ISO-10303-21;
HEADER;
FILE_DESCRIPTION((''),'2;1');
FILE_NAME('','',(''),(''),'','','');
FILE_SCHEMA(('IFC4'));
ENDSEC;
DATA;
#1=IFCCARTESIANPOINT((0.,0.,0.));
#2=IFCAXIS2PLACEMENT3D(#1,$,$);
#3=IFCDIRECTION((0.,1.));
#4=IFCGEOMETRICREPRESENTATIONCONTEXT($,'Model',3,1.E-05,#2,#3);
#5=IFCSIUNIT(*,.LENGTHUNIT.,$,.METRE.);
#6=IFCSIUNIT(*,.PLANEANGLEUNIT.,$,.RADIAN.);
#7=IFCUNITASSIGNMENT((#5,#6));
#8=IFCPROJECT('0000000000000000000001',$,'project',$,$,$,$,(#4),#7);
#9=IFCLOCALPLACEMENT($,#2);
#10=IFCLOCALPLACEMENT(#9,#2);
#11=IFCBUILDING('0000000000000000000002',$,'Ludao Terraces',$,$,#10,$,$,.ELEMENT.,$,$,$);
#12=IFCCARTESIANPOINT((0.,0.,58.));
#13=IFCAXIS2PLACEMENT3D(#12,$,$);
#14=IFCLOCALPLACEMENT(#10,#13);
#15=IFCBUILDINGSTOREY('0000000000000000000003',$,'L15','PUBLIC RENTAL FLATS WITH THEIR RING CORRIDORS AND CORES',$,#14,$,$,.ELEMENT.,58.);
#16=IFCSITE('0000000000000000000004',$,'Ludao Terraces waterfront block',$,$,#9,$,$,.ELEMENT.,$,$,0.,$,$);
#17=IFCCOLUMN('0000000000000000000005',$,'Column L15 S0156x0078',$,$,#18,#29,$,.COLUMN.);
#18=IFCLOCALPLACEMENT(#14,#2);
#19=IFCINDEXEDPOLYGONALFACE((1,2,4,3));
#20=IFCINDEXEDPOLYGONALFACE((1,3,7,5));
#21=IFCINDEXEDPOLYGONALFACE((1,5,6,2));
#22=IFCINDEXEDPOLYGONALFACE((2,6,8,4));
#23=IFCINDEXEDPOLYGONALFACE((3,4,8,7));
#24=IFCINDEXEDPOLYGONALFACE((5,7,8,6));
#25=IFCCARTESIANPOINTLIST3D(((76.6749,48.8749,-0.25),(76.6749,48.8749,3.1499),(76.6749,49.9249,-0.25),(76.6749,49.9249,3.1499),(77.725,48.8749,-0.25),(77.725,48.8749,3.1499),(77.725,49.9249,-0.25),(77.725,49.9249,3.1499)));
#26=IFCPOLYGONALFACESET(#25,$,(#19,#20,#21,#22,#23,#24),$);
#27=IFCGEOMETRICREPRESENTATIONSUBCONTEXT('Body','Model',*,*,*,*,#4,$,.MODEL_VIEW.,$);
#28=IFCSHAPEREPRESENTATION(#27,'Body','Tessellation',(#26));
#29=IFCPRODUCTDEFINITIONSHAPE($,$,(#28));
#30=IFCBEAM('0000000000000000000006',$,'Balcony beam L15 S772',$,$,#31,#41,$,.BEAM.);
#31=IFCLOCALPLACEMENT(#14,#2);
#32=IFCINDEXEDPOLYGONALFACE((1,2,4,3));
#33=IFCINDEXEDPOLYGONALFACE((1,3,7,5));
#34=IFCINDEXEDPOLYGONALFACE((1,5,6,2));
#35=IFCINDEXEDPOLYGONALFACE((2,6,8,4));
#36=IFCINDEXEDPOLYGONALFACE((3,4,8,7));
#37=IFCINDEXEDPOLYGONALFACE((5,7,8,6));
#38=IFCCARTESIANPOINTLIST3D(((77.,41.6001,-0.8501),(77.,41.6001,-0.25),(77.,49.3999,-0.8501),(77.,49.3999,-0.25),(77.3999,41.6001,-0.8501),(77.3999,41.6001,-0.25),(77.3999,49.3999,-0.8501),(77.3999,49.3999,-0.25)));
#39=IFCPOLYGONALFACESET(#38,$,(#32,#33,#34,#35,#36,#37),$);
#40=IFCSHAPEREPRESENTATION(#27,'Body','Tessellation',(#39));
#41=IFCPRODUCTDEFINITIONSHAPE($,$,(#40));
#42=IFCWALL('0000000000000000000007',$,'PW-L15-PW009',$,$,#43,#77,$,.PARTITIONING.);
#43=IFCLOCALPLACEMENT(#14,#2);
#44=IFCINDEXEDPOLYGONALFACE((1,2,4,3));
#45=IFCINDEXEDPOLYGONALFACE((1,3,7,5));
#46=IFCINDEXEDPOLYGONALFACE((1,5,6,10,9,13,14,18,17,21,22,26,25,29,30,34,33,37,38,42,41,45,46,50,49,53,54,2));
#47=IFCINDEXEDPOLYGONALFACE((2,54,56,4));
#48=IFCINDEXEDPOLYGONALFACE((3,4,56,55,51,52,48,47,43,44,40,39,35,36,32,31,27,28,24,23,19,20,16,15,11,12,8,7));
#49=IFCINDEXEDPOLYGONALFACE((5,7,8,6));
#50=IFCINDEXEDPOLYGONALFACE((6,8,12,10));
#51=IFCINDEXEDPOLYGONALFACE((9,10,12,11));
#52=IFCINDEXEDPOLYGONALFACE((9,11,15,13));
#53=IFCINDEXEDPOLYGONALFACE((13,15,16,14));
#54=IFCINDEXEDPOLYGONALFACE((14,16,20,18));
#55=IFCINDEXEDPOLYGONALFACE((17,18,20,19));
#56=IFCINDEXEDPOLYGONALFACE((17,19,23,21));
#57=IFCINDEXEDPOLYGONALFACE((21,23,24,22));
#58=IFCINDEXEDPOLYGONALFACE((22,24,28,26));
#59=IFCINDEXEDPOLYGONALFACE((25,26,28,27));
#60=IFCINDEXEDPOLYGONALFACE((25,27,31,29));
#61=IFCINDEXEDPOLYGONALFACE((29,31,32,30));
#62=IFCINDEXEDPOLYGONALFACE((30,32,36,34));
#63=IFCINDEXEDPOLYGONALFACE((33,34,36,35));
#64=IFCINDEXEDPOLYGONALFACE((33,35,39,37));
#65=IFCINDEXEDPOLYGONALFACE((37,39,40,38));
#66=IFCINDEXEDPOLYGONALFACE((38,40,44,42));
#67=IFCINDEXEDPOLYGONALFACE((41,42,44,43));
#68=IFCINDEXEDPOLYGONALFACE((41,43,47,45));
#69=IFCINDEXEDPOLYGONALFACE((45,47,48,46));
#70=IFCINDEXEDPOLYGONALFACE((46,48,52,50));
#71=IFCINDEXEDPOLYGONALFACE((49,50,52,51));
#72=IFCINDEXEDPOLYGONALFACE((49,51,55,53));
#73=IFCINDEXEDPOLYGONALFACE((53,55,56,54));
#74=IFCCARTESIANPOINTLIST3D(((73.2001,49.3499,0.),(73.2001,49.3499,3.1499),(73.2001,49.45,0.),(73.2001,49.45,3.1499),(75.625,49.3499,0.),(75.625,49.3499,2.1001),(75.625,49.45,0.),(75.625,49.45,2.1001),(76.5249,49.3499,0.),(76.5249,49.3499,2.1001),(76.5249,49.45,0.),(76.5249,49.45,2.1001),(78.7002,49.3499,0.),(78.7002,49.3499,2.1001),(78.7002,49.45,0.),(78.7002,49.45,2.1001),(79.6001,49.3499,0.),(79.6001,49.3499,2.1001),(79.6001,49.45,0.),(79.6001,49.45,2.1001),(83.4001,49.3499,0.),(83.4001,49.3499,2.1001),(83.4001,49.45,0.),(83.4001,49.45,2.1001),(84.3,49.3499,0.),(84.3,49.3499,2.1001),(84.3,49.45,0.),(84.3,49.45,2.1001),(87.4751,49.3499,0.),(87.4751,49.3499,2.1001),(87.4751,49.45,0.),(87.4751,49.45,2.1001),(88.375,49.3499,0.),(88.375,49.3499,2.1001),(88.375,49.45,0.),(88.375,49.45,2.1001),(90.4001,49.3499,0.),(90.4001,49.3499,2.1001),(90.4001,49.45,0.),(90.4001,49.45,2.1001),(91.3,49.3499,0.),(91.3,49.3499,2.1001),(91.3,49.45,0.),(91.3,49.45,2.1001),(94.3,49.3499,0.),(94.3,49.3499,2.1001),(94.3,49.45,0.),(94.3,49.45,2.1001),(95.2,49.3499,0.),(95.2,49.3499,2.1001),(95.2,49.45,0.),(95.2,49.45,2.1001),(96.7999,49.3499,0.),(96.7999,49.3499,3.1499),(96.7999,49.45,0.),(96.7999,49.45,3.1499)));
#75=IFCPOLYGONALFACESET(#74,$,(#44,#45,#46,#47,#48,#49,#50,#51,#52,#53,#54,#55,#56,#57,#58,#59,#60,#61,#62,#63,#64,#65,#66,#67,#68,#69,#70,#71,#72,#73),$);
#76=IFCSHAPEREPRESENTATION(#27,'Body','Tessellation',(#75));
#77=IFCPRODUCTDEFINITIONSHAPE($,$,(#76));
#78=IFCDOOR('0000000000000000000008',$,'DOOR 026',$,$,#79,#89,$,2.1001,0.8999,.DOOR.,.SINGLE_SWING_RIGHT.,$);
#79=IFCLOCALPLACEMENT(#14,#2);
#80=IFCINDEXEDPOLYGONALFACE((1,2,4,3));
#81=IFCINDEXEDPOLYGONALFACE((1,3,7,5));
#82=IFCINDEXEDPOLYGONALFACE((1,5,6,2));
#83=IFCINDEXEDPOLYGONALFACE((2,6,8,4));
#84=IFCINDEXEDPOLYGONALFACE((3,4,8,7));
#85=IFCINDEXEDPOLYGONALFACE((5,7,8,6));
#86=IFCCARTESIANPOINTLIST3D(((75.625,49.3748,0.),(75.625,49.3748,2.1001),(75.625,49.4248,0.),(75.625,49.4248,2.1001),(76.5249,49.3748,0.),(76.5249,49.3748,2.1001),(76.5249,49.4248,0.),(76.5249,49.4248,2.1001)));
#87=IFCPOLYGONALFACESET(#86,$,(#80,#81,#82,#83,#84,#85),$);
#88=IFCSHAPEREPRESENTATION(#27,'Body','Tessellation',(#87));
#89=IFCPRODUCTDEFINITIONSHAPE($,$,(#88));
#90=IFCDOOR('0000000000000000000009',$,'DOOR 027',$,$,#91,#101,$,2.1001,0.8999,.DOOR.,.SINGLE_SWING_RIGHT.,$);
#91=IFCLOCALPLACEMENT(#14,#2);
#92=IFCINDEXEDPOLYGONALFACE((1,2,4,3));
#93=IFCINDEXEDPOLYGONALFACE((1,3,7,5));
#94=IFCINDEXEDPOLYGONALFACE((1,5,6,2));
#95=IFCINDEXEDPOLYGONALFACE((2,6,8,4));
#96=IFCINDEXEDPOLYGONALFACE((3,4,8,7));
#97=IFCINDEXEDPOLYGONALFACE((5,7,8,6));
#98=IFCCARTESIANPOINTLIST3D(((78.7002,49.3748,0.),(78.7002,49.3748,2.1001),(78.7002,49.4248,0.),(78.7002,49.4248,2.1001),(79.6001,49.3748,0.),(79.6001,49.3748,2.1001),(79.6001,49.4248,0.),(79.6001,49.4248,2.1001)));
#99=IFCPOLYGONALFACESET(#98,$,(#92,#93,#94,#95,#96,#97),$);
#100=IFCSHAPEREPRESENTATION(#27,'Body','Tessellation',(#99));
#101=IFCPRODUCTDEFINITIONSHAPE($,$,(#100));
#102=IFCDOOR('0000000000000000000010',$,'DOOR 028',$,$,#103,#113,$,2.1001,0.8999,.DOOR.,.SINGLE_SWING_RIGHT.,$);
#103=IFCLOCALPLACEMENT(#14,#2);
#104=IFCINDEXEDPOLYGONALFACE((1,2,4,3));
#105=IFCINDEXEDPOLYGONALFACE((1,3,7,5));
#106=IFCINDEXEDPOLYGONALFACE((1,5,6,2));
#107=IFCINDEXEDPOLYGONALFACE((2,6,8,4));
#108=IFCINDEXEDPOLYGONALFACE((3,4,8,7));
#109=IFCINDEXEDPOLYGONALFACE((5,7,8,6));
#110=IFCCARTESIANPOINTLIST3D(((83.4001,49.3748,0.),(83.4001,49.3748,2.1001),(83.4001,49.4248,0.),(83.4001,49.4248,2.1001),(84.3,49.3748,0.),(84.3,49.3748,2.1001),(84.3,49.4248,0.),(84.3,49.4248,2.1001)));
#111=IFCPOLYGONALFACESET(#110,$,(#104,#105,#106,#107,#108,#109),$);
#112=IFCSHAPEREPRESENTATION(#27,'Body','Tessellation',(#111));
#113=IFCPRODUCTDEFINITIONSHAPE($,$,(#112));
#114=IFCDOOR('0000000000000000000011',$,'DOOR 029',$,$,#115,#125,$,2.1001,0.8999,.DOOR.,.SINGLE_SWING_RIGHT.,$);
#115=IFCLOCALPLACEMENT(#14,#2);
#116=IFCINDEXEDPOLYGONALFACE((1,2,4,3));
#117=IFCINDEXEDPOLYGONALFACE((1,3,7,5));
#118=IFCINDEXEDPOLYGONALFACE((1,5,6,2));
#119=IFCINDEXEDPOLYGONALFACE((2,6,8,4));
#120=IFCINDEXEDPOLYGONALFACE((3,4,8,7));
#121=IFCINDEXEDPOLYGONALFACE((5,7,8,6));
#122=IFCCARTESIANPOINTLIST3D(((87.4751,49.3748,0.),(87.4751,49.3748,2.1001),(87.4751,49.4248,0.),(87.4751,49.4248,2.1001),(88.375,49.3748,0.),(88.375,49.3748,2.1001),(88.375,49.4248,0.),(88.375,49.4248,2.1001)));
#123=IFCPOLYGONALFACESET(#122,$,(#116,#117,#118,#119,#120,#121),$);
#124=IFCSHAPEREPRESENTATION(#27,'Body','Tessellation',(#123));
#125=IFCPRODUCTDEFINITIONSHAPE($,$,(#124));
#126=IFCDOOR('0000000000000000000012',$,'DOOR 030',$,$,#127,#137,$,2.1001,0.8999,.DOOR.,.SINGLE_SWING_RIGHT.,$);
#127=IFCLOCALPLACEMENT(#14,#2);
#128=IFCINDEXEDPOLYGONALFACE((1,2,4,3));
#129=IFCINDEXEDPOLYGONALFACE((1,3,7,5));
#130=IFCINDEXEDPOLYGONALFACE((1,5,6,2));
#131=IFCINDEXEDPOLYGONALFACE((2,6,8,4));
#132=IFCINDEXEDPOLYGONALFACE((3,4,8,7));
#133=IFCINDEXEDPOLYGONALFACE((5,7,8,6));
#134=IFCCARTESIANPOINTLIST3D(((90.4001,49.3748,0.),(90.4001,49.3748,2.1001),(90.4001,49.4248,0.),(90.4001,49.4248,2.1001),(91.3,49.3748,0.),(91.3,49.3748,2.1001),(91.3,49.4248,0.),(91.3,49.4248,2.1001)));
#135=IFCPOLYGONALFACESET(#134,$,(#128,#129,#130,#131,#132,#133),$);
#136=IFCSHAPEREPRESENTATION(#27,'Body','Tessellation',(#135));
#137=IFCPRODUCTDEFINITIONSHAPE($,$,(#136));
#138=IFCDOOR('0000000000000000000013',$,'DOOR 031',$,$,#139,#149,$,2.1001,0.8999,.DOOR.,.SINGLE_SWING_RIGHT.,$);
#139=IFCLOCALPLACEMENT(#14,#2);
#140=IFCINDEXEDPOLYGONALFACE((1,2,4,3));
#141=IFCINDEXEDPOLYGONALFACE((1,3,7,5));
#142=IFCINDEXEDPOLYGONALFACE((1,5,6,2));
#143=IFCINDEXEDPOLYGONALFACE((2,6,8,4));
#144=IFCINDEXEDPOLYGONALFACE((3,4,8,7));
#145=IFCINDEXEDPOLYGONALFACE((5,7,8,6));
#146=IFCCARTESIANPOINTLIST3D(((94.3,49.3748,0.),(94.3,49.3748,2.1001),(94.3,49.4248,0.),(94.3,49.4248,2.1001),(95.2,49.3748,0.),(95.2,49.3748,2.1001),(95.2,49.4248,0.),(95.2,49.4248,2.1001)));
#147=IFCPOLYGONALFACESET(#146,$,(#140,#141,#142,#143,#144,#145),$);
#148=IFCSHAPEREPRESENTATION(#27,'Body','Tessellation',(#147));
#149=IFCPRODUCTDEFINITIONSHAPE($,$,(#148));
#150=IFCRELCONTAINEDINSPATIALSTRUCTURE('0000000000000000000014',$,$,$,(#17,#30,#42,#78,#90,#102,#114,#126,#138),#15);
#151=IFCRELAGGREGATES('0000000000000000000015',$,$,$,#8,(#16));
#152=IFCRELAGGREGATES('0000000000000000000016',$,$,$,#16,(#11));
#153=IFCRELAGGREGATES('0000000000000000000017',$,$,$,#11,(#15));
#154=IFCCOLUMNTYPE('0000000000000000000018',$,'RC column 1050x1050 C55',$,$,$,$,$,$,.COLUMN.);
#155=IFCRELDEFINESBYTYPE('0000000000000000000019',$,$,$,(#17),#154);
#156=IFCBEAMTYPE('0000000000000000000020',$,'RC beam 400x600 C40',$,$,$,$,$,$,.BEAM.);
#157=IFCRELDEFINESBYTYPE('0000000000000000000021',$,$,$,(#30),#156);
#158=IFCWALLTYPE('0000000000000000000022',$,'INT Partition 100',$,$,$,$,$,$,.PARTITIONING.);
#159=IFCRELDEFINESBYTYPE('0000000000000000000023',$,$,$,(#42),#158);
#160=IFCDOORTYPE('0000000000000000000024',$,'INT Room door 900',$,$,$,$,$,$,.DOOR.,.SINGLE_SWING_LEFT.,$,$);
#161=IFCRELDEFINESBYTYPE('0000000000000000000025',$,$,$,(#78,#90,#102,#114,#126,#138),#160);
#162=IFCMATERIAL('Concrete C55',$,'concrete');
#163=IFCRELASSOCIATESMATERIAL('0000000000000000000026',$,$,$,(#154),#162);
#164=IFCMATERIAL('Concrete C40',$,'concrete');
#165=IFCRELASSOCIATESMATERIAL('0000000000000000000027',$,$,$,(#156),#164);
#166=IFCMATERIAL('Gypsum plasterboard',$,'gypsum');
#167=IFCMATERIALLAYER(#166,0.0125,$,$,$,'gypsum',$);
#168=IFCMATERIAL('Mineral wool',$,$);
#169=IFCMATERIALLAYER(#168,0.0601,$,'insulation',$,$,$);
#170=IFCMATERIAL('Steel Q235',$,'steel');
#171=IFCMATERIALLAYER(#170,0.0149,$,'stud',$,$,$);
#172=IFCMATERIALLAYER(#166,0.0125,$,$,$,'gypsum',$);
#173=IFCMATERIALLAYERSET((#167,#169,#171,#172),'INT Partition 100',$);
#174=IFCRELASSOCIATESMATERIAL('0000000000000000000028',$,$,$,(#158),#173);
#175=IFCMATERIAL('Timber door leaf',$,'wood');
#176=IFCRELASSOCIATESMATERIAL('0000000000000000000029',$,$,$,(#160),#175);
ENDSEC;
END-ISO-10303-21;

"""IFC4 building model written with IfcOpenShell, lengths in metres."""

from ifc_helpers import new_model, si_unit, direction, frame, frame_2d, origin, origin_2d, place, context, subcontext, project, spatial, rectangle, extrude, material, layer, layer_set, material_profile, profile_set, type_object, element, fill, save


model = new_model("IFC4")

# Units and contexts
model_context = context("Model", 3, precision=1e-05, world=origin(), true_north=direction((0.0, 1.0)))
body_context = subcontext(model_context, "Body", "Model", "MODEL_VIEW")
ifc_project = project(units=[si_unit("LENGTHUNIT", "METRE"), si_unit("PLANEANGLEUNIT", "RADIAN")], contexts=[model_context])

# Site, building, storey
site_placement = place(None, origin())
site = spatial("IfcSite", under=ifc_project, at=site_placement, Name="Ludao Terraces waterfront block", CompositionType="ELEMENT", RefElevation=0.0)
building_placement = place(site_placement, origin())
building = spatial("IfcBuilding", under=site, at=building_placement, Name="Ludao Terraces", CompositionType="ELEMENT")
storey_placement = place(building_placement, frame((0.0, 0.0, 58.0)))
storey = spatial("IfcBuildingStorey", under=building, at=storey_placement, Name="L15", Description="PUBLIC RENTAL FLATS WITH THEIR RING CORRIDORS AND CORES", CompositionType="ELEMENT", Elevation=58.0)

# Column
ifc_material_1 = material(Name="Concrete C55", Category="concrete")
ifc_material_profile_1 = material_profile(ifc_material_1, rectangle(XDim=1.05, YDim=1.05, at=origin_2d()), Name="1050 X 1050")
ifc_profile_set_1 = profile_set([ifc_material_profile_1], Name="Concrete C55")
column_type = type_object("IfcColumnType", Name="RC column 1050x1050 C55", PredefinedType="COLUMN", material=ifc_profile_set_1)
column_placement = place(storey_placement, frame((77.2, 49.3999, -0.25), z_axis=(0.0, 0.0, 1.0), x_axis=(1.0, 0.0, 0.0)))
element("IfcColumn", 1, at=column_placement, inside=storey, type_object=column_type, Name="Column L15 S0156x0078", PredefinedType="COLUMN", context=body_context, shape_type="SweptSolid", body=[
    extrude(rectangle(XDim=1.05, YDim=1.05, at=origin_2d()), origin(), (0.0, 0.0, 1.0), 3.3999),
])

# Beam
ifc_material_2 = material(Name="Concrete C40", Category="concrete")
ifc_material_profile_2 = material_profile(ifc_material_2, rectangle(XDim=0.3999, YDim=0.6001, at=origin_2d()), Name="400 X 600")
ifc_profile_set_2 = profile_set([ifc_material_profile_2], Name="Concrete C40")
beam_type = type_object("IfcBeamType", Name="RC beam 400x600 C40", PredefinedType="BEAM", material=ifc_profile_set_2)
beam_placement = place(storey_placement, frame((77.2, 49.3999, -0.55), z_axis=(0.0, -1.0, 0.0), x_axis=(1.0, 0.0, 0.0)))
element("IfcBeam", 2, at=beam_placement, inside=storey, type_object=beam_type, Name="Balcony beam L15 S772", PredefinedType="BEAM", context=body_context, shape_type="SweptSolid", body=[
    extrude(rectangle(XDim=0.3999, YDim=0.6001, at=origin_2d()), origin(), (0.0, 0.0, 1.0), 7.7998),
])

# Wall, openings, doors
ifc_material_3 = material(Name="Gypsum plasterboard", Category="gypsum")
ifc_layer_1 = layer(ifc_material_3, 0.0125, Category="gypsum")
ifc_material_4 = material(Name="Mineral wool")
ifc_layer_2 = layer(ifc_material_4, 0.0601, Name="insulation")
ifc_material_5 = material(Name="Steel Q235", Category="steel")
ifc_layer_3 = layer(ifc_material_5, 0.0149, Name="stud")
ifc_layer_4 = layer(ifc_material_3, 0.0125, Category="gypsum")
ifc_layer_set = layer_set([ifc_layer_1, ifc_layer_2, ifc_layer_3, ifc_layer_4], Name="INT Partition 100")
wall_type = type_object("IfcWallType", Name="INT Partition 100", PredefinedType="PARTITIONING", material=ifc_layer_set)
wall_1_placement = place(storey_placement, frame((73.2002, 49.3999, 0.0), z_axis=(0.0, 0.0, 1.0), x_axis=(1.0, 0.0, 0.0)))
wall_1 = element("IfcWall", 3, at=wall_1_placement, inside=storey, type_object=wall_type, Name="PW-L15-PW009", PredefinedType="PARTITIONING", context=body_context, shape_type="SweptSolid", body=[
    extrude(rectangle(XDim=23.5999, YDim=0.1001, at=frame_2d((11.7998, 0.0))), origin(), (0.0, 0.0, 1.0), 3.1499),
])
opening_1_placement = place(wall_1_placement, frame((2.4248, 0.0, 0.0)))
opening_1 = element("IfcOpeningElement", 4, at=opening_1_placement, cuts=wall_1, PredefinedType="OPENING", context=body_context, shape_type="SweptSolid", body=[
    extrude(rectangle(XDim=0.8999, YDim=2.1001, at=frame_2d((0.45, 1.05))), frame((0.0, 0.0601, 0.0), z_axis=(0.0, -1.0, 0.0), x_axis=(1.0, 0.0, 0.0)), (0.0, 0.0, 1.0), 0.1201),
])
opening_2_placement = place(wall_1_placement, frame((5.5, 0.0, 0.0)))
opening_2 = element("IfcOpeningElement", 5, at=opening_2_placement, cuts=wall_1, PredefinedType="OPENING", context=body_context, shape_type="SweptSolid", body=[
    extrude(rectangle(XDim=0.8999, YDim=2.1001, at=frame_2d((0.45, 1.05))), frame((0.0, 0.0601, 0.0), z_axis=(0.0, -1.0, 0.0), x_axis=(1.0, 0.0, 0.0)), (0.0, 0.0, 1.0), 0.1201),
])
opening_3_placement = place(wall_1_placement, frame((10.2, 0.0, 0.0)))
opening_3 = element("IfcOpeningElement", 6, at=opening_3_placement, cuts=wall_1, PredefinedType="OPENING", context=body_context, shape_type="SweptSolid", body=[
    extrude(rectangle(XDim=0.8999, YDim=2.1001, at=frame_2d((0.45, 1.05))), frame((0.0, 0.0601, 0.0), z_axis=(0.0, -1.0, 0.0), x_axis=(1.0, 0.0, 0.0)), (0.0, 0.0, 1.0), 0.1201),
])
opening_4_placement = place(wall_1_placement, frame((14.2749, 0.0, 0.0)))
opening_4 = element("IfcOpeningElement", 7, at=opening_4_placement, cuts=wall_1, PredefinedType="OPENING", context=body_context, shape_type="SweptSolid", body=[
    extrude(rectangle(XDim=0.8999, YDim=2.1001, at=frame_2d((0.45, 1.05))), frame((0.0, 0.0601, 0.0), z_axis=(0.0, -1.0, 0.0), x_axis=(1.0, 0.0, 0.0)), (0.0, 0.0, 1.0), 0.1201),
])
opening_5_placement = place(wall_1_placement, frame((17.2, 0.0, 0.0)))
opening_5 = element("IfcOpeningElement", 8, at=opening_5_placement, cuts=wall_1, PredefinedType="OPENING", context=body_context, shape_type="SweptSolid", body=[
    extrude(rectangle(XDim=0.8999, YDim=2.1001, at=frame_2d((0.45, 1.05))), frame((0.0, 0.0601, 0.0), z_axis=(0.0, -1.0, 0.0), x_axis=(1.0, 0.0, 0.0)), (0.0, 0.0, 1.0), 0.1201),
])
opening_6_placement = place(wall_1_placement, frame((21.0999, 0.0, 0.0)))
opening_6 = element("IfcOpeningElement", 9, at=opening_6_placement, cuts=wall_1, PredefinedType="OPENING", context=body_context, shape_type="SweptSolid", body=[
    extrude(rectangle(XDim=0.8999, YDim=2.1001, at=frame_2d((0.45, 1.05))), frame((0.0, 0.0601, 0.0), z_axis=(0.0, -1.0, 0.0), x_axis=(1.0, 0.0, 0.0)), (0.0, 0.0, 1.0), 0.1201),
])
ifc_material_6 = material(Name="Timber door leaf", Category="wood")
door_type_1 = type_object("IfcDoorType", Name="INT Room door 900", OperationType="SINGLE_SWING_LEFT", PredefinedType="DOOR", material=ifc_material_6)
door_1_placement = place(opening_1_placement, origin())
door_1 = element("IfcDoor", 10, at=door_1_placement, inside=storey, type_object=door_type_1, Name="DOOR 026", OperationType="SINGLE_SWING_RIGHT", OverallHeight=2.1001, OverallWidth=0.8999, PredefinedType="DOOR", context=body_context, shape_type="SweptSolid", body=[
    extrude(rectangle(XDim=0.8999, YDim=2.1001, at=frame_2d((0.45, 1.05))), frame((0.0, 0.0249, 0.0), z_axis=(0.0, -1.0, 0.0), x_axis=(1.0, 0.0, 0.0)), (0.0, 0.0, 1.0), 0.05),
])
fill(opening_1, door_1)
door_2_placement = place(opening_2_placement, origin())
door_2 = element("IfcDoor", 11, at=door_2_placement, inside=storey, type_object=door_type_1, Name="DOOR 027", OperationType="SINGLE_SWING_RIGHT", OverallHeight=2.1001, OverallWidth=0.8999, PredefinedType="DOOR", context=body_context, shape_type="SweptSolid", body=[
    extrude(rectangle(XDim=0.8999, YDim=2.1001, at=frame_2d((0.45, 1.05))), frame((0.0, 0.0249, 0.0), z_axis=(0.0, -1.0, 0.0), x_axis=(1.0, 0.0, 0.0)), (0.0, 0.0, 1.0), 0.05),
])
fill(opening_2, door_2)
door_3_placement = place(opening_3_placement, origin())
door_3 = element("IfcDoor", 12, at=door_3_placement, inside=storey, type_object=door_type_1, Name="DOOR 028", OperationType="SINGLE_SWING_RIGHT", OverallHeight=2.1001, OverallWidth=0.8999, PredefinedType="DOOR", context=body_context, shape_type="SweptSolid", body=[
    extrude(rectangle(XDim=0.8999, YDim=2.1001, at=frame_2d((0.45, 1.05))), frame((0.0, 0.0249, 0.0), z_axis=(0.0, -1.0, 0.0), x_axis=(1.0, 0.0, 0.0)), (0.0, 0.0, 1.0), 0.05),
])
fill(opening_3, door_3)
door_4_placement = place(opening_4_placement, origin())
door_4 = element("IfcDoor", 13, at=door_4_placement, inside=storey, type_object=door_type_1, Name="DOOR 029", OperationType="SINGLE_SWING_RIGHT", OverallHeight=2.1001, OverallWidth=0.8999, PredefinedType="DOOR", context=body_context, shape_type="SweptSolid", body=[
    extrude(rectangle(XDim=0.8999, YDim=2.1001, at=frame_2d((0.45, 1.05))), frame((0.0, 0.0249, 0.0), z_axis=(0.0, -1.0, 0.0), x_axis=(1.0, 0.0, 0.0)), (0.0, 0.0, 1.0), 0.05),
])
fill(opening_4, door_4)
door_5_placement = place(opening_5_placement, origin())
door_5 = element("IfcDoor", 14, at=door_5_placement, inside=storey, type_object=door_type_1, Name="DOOR 030", OperationType="SINGLE_SWING_RIGHT", OverallHeight=2.1001, OverallWidth=0.8999, PredefinedType="DOOR", context=body_context, shape_type="SweptSolid", body=[
    extrude(rectangle(XDim=0.8999, YDim=2.1001, at=frame_2d((0.45, 1.05))), frame((0.0, 0.0249, 0.0), z_axis=(0.0, -1.0, 0.0), x_axis=(1.0, 0.0, 0.0)), (0.0, 0.0, 1.0), 0.05),
])
fill(opening_5, door_5)
door_6_placement = place(opening_6_placement, origin())
door_6 = element("IfcDoor", 15, at=door_6_placement, inside=storey, type_object=door_type_1, Name="DOOR 031", OperationType="SINGLE_SWING_RIGHT", OverallHeight=2.1001, OverallWidth=0.8999, PredefinedType="DOOR", context=body_context, shape_type="SweptSolid", body=[
    extrude(rectangle(XDim=0.8999, YDim=2.1001, at=frame_2d((0.45, 1.05))), frame((0.0, 0.0249, 0.0), z_axis=(0.0, -1.0, 0.0), x_axis=(1.0, 0.0, 0.0)), (0.0, 0.0, 1.0), 0.05),
])
fill(opening_6, door_6)

save(model, "model.ifc")
